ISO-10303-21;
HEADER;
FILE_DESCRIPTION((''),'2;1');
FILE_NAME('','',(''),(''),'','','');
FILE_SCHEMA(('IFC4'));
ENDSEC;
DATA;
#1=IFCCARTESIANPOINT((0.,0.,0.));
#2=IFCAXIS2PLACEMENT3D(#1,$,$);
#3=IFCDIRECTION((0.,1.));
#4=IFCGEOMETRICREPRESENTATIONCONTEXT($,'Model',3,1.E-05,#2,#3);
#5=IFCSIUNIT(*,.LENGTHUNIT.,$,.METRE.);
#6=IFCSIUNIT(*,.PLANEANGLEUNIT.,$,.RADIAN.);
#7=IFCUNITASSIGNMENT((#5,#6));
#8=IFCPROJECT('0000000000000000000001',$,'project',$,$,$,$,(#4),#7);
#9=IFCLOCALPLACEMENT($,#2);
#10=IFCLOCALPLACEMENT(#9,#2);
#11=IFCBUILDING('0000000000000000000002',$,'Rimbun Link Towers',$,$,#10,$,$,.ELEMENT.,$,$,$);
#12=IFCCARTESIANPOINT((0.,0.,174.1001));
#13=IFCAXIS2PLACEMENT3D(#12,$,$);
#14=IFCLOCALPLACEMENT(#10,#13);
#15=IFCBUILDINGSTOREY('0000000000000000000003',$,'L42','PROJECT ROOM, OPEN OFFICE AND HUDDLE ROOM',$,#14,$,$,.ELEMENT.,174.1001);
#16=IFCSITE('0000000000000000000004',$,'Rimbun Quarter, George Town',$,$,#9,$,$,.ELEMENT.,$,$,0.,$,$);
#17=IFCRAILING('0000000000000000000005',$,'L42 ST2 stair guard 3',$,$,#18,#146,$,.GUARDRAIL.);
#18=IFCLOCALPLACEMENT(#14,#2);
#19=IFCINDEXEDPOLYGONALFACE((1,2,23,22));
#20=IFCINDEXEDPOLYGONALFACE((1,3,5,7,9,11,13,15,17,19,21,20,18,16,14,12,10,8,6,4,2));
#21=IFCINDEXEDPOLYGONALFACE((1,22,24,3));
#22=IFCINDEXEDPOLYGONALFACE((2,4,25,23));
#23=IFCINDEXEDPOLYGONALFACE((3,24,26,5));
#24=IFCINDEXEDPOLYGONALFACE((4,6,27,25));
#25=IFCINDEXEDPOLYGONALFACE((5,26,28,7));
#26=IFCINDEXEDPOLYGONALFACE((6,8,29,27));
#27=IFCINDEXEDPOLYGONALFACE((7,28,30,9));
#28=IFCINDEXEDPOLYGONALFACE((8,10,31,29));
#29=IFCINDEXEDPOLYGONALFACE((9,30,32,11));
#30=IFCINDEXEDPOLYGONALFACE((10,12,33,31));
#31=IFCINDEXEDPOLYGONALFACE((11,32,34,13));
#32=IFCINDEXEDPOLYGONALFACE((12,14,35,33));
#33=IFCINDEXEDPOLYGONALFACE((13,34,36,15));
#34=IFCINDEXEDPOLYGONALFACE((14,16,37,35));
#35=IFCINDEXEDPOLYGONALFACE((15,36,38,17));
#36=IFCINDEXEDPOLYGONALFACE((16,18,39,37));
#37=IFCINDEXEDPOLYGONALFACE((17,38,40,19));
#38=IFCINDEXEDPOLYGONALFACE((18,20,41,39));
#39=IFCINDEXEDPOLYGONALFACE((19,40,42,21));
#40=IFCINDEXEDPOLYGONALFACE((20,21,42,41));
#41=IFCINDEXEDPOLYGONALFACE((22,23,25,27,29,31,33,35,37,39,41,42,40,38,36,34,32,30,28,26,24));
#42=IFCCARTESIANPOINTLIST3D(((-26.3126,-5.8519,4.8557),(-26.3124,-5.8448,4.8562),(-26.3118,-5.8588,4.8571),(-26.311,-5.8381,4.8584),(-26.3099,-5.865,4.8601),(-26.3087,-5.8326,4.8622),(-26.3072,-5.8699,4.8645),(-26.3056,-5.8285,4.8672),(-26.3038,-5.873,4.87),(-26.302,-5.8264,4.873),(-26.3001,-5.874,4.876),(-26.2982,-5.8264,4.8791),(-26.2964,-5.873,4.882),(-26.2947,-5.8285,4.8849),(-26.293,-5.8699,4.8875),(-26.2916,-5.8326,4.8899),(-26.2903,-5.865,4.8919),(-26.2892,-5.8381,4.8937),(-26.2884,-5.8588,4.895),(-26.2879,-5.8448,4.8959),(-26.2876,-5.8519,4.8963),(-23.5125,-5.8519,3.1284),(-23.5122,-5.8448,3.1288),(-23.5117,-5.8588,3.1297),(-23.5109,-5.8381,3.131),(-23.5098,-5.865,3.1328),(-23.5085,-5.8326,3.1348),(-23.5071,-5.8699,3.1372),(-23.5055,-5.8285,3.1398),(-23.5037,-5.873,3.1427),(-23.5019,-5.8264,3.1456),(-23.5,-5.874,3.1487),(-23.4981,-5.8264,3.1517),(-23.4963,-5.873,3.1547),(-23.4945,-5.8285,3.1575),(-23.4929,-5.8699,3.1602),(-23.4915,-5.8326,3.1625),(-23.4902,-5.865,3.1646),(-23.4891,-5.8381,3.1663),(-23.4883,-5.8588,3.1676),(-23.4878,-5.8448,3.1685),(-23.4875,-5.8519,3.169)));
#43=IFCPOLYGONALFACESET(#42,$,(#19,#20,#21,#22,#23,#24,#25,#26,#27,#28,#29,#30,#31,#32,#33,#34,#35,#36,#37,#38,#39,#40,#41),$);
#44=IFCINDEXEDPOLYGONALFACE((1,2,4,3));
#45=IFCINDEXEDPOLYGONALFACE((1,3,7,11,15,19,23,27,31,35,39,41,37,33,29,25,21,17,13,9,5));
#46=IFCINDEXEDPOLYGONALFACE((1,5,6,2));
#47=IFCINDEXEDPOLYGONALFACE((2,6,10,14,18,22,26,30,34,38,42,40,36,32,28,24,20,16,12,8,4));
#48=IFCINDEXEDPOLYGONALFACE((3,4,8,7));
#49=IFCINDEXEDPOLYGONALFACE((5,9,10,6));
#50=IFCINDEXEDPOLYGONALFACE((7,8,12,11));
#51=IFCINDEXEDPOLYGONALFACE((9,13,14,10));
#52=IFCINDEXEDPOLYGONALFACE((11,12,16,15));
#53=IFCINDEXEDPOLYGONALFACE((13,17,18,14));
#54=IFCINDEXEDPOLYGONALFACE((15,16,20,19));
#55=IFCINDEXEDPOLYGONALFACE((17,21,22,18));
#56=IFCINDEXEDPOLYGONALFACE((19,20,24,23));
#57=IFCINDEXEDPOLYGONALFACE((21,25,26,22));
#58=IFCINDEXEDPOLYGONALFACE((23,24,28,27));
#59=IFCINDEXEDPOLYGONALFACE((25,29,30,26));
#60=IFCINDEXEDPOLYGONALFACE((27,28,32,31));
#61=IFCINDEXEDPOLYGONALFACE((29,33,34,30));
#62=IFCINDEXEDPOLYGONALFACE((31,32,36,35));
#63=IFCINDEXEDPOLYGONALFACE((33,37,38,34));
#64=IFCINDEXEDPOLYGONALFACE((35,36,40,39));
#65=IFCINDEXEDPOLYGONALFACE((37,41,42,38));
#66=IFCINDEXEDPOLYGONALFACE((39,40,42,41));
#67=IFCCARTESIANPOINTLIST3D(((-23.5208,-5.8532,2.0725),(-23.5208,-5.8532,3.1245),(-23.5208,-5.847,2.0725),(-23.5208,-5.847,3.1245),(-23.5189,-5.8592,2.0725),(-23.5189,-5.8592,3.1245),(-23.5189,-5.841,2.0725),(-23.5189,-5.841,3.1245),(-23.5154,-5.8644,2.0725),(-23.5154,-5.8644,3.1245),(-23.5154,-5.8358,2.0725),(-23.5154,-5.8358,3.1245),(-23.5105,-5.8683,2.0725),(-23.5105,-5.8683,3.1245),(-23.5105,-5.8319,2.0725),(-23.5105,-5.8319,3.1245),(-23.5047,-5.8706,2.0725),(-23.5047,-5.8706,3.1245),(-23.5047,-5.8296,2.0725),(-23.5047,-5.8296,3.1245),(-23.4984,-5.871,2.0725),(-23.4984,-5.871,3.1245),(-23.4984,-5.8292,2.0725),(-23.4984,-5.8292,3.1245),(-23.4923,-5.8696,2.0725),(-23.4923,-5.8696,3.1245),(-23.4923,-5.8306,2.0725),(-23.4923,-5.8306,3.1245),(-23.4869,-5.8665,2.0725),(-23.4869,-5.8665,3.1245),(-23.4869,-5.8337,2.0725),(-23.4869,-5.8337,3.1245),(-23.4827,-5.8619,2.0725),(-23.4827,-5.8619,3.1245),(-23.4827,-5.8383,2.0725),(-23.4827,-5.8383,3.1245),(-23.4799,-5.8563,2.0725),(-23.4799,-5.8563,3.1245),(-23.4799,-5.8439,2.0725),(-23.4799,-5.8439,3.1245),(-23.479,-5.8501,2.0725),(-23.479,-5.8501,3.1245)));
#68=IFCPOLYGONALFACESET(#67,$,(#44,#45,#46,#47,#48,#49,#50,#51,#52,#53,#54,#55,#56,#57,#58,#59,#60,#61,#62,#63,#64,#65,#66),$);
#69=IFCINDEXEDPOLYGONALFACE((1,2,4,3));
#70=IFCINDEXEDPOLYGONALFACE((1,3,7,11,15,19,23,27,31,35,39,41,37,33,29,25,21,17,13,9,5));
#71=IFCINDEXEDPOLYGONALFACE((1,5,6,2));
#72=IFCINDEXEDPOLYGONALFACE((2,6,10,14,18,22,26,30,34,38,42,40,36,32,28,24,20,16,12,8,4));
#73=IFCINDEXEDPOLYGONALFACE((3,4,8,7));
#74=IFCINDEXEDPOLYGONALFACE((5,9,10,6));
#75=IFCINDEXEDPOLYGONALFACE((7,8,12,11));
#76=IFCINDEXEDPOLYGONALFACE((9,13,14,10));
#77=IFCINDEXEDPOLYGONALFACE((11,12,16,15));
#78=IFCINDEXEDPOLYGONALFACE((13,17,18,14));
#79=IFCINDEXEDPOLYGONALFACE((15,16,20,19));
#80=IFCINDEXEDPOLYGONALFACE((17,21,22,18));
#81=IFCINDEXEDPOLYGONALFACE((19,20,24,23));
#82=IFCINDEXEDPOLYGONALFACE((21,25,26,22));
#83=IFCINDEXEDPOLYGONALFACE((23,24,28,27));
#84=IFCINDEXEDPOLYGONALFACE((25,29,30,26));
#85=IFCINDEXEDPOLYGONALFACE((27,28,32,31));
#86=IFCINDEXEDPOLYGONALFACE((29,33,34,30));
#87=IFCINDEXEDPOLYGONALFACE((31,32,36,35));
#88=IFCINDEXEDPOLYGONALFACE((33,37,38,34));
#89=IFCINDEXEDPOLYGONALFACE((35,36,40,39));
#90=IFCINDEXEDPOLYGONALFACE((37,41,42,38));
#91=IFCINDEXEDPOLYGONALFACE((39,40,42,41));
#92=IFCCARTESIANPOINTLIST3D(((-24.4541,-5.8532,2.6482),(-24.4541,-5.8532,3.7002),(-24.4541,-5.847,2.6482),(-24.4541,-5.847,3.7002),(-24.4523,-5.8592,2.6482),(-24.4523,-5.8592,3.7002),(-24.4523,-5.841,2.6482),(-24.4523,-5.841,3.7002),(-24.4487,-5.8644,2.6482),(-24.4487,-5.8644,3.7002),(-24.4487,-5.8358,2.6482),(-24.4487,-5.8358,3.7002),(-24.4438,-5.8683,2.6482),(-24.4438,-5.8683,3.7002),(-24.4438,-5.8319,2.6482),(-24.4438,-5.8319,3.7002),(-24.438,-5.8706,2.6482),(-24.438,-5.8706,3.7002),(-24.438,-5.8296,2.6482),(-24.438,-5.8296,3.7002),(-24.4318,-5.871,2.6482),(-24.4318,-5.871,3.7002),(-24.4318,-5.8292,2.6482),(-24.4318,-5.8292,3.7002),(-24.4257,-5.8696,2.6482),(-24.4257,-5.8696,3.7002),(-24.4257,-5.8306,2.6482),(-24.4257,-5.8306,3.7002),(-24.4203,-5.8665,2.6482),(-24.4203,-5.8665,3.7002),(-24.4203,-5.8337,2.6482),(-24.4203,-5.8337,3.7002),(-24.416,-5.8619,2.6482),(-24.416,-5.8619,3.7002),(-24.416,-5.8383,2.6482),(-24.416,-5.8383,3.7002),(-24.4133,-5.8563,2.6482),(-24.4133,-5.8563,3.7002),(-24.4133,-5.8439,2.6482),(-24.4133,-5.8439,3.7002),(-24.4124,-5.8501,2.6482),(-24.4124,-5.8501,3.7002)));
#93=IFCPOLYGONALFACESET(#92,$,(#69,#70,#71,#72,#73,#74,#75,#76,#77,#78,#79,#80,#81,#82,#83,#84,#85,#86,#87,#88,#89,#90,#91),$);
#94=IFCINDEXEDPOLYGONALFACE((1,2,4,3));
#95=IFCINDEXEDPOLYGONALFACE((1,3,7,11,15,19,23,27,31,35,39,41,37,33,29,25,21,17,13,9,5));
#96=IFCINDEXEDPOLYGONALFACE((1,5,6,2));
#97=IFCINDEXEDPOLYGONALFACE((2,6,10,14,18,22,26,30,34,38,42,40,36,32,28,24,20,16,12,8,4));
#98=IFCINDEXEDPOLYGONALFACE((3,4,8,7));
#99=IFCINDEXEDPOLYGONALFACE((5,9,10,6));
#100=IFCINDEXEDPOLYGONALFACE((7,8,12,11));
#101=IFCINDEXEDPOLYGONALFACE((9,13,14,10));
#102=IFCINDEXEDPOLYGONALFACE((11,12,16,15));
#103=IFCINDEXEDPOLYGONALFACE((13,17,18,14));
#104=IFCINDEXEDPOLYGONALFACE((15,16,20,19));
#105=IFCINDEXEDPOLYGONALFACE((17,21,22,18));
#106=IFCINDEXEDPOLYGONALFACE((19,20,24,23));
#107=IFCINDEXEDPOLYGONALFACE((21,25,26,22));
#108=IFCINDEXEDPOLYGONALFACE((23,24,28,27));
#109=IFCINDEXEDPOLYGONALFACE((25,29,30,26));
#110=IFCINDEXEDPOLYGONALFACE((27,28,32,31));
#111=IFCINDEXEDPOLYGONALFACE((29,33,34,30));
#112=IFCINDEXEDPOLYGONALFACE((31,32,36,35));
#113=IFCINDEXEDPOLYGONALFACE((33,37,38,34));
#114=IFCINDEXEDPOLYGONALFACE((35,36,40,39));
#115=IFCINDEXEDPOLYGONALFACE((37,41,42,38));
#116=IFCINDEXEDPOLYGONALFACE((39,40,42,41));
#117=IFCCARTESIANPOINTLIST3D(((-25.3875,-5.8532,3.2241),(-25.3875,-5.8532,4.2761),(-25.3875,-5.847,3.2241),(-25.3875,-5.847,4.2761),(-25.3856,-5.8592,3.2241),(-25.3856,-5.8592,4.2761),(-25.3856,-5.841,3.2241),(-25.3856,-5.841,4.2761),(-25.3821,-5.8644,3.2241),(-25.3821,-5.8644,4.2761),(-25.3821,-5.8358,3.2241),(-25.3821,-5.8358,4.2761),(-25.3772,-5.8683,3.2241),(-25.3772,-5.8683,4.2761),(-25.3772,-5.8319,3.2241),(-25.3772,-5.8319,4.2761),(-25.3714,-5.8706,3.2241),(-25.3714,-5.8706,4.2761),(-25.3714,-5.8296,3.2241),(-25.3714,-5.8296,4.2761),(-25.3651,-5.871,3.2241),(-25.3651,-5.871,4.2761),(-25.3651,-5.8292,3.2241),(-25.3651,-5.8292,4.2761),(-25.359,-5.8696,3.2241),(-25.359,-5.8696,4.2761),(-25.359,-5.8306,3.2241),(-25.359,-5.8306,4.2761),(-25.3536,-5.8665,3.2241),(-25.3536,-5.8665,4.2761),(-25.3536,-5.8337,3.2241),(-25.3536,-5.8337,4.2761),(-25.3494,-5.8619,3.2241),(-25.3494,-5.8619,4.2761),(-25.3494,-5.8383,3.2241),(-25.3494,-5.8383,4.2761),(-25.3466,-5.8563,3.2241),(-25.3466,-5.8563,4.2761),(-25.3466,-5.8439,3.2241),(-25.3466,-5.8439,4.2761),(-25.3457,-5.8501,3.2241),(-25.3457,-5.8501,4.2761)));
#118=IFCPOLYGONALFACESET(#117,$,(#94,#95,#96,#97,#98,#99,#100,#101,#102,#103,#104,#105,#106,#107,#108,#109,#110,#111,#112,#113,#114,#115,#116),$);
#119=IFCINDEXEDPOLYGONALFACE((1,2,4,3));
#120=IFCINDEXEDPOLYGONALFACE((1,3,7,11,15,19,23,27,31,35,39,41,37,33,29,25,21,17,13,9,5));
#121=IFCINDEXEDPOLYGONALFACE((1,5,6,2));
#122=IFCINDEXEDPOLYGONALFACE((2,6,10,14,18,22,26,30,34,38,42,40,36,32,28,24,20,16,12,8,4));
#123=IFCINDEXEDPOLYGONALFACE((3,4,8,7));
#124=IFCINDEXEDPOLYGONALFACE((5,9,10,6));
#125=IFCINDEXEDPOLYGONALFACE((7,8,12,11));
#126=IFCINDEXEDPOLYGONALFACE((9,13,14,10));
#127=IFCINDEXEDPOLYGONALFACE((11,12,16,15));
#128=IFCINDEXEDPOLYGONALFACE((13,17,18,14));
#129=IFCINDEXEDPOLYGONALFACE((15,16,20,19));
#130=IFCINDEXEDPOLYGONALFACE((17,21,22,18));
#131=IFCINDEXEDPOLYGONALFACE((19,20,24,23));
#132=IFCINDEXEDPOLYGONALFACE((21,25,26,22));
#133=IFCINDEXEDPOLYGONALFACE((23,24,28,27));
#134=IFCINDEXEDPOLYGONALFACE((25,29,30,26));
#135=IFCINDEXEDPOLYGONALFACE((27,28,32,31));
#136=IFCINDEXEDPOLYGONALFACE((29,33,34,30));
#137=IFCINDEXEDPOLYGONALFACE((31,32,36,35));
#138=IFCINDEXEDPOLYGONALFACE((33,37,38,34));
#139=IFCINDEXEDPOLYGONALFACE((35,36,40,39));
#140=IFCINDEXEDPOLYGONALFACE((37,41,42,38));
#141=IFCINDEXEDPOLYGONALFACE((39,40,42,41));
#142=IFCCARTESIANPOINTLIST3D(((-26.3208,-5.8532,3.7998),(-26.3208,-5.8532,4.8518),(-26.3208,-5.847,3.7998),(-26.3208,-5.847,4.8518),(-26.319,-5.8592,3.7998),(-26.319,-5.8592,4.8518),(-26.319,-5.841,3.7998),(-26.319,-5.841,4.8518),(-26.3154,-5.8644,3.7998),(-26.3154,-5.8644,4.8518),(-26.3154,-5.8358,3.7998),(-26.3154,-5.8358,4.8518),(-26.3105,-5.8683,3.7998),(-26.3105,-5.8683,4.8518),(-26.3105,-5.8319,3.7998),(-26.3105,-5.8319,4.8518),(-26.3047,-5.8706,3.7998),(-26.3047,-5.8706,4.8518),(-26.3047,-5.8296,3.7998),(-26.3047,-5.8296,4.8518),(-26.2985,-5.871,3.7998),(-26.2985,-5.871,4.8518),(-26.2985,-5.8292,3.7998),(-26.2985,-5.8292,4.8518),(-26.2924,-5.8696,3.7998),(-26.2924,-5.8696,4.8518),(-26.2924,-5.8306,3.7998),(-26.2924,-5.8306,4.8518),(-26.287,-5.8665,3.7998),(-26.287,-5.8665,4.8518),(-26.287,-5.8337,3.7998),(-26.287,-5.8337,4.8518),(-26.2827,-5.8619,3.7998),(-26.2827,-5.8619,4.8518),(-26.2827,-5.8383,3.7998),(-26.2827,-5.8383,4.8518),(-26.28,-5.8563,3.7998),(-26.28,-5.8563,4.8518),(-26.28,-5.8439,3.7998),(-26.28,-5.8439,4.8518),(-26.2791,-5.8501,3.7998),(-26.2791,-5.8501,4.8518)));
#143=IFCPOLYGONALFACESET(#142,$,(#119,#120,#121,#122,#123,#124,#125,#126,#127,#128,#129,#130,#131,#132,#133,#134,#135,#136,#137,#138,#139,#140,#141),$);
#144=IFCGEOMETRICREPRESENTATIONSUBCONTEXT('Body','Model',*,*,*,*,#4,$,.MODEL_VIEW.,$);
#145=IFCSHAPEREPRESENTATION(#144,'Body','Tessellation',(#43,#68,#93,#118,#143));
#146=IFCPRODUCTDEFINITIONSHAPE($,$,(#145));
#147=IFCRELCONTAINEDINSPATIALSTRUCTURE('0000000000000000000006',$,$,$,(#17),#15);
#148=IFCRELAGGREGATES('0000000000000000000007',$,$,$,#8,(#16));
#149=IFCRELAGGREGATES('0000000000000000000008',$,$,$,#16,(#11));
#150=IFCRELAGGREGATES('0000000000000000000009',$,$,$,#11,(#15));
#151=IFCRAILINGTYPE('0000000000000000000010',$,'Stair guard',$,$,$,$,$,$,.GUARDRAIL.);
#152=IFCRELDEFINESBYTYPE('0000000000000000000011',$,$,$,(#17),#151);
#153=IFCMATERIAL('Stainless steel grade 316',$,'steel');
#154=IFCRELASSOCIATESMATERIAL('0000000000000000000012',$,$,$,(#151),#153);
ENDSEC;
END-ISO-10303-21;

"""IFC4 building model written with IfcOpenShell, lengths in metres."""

from ifc_helpers import new_model, si_unit, direction, frame, origin, origin_2d, place, context, subcontext, project, spatial, circle, extrude, material, type_object, element, save


model = new_model("IFC4")

# Units and contexts
model_context = context("Model", 3, precision=1e-05, world=origin(), true_north=direction((0.0, 1.0)))
body_context = subcontext(model_context, "Body", "Model", "MODEL_VIEW")
ifc_project = project(units=[si_unit("LENGTHUNIT", "METRE"), si_unit("PLANEANGLEUNIT", "RADIAN")], contexts=[model_context])

# Site, building, storey
site_placement = place(None, origin())
site = spatial("IfcSite", under=ifc_project, at=site_placement, Name="Rimbun Quarter, George Town", CompositionType="ELEMENT", RefElevation=0.0)
building_placement = place(site_placement, origin())
building = spatial("IfcBuilding", under=site, at=building_placement, Name="Rimbun Link Towers", CompositionType="ELEMENT")
storey_placement = place(building_placement, frame((0.0, 0.0, 174.1001)))
storey = spatial("IfcBuildingStorey", under=building, at=storey_placement, Name="L42", Description="PROJECT ROOM, OPEN OFFICE AND HUDDLE ROOM", CompositionType="ELEMENT", Elevation=174.1001)

# Railing
ifc_material_1 = material(Name="Stainless steel grade 316", Category="steel")
railing_type_1 = type_object("IfcRailingType", Name="Stair guard", PredefinedType="GUARDRAIL", material=ifc_material_1)
railing_1_placement = place(storey_placement, frame((-23.5, -5.8501, 2.0725)))
element("IfcRailing", 1, at=railing_1_placement, inside=storey, type_object=railing_type_1, Name="L42 ST2 stair guard 3", PredefinedType="GUARDRAIL", context=body_context, shape_type="SweptSolid", body=[
    extrude(circle(Radius=0.0239, at=origin_2d()), frame((0.0, 0.0, 1.0762), z_axis=(-0.85109, 0.0, 0.52502), x_axis=(0.0, -1.0, 0.0)), (0.0, 0.0, 1.0), 3.29),
    extrude(circle(Radius=0.021, at=origin_2d()), origin(), (0.0, 0.0, 1.0), 1.052),
    extrude(circle(Radius=0.021, at=origin_2d()), frame((-0.9333, 0.0, 0.5757)), (0.0, 0.0, 1.0), 1.052),
    extrude(circle(Radius=0.021, at=origin_2d()), frame((-1.8667, 0.0, 1.1516)), (0.0, 0.0, 1.0), 1.052),
    extrude(circle(Radius=0.021, at=origin_2d()), frame((-2.8, 0.0, 1.7273)), (0.0, 0.0, 1.0), 1.052),
])

save(model, "model.ifc")
